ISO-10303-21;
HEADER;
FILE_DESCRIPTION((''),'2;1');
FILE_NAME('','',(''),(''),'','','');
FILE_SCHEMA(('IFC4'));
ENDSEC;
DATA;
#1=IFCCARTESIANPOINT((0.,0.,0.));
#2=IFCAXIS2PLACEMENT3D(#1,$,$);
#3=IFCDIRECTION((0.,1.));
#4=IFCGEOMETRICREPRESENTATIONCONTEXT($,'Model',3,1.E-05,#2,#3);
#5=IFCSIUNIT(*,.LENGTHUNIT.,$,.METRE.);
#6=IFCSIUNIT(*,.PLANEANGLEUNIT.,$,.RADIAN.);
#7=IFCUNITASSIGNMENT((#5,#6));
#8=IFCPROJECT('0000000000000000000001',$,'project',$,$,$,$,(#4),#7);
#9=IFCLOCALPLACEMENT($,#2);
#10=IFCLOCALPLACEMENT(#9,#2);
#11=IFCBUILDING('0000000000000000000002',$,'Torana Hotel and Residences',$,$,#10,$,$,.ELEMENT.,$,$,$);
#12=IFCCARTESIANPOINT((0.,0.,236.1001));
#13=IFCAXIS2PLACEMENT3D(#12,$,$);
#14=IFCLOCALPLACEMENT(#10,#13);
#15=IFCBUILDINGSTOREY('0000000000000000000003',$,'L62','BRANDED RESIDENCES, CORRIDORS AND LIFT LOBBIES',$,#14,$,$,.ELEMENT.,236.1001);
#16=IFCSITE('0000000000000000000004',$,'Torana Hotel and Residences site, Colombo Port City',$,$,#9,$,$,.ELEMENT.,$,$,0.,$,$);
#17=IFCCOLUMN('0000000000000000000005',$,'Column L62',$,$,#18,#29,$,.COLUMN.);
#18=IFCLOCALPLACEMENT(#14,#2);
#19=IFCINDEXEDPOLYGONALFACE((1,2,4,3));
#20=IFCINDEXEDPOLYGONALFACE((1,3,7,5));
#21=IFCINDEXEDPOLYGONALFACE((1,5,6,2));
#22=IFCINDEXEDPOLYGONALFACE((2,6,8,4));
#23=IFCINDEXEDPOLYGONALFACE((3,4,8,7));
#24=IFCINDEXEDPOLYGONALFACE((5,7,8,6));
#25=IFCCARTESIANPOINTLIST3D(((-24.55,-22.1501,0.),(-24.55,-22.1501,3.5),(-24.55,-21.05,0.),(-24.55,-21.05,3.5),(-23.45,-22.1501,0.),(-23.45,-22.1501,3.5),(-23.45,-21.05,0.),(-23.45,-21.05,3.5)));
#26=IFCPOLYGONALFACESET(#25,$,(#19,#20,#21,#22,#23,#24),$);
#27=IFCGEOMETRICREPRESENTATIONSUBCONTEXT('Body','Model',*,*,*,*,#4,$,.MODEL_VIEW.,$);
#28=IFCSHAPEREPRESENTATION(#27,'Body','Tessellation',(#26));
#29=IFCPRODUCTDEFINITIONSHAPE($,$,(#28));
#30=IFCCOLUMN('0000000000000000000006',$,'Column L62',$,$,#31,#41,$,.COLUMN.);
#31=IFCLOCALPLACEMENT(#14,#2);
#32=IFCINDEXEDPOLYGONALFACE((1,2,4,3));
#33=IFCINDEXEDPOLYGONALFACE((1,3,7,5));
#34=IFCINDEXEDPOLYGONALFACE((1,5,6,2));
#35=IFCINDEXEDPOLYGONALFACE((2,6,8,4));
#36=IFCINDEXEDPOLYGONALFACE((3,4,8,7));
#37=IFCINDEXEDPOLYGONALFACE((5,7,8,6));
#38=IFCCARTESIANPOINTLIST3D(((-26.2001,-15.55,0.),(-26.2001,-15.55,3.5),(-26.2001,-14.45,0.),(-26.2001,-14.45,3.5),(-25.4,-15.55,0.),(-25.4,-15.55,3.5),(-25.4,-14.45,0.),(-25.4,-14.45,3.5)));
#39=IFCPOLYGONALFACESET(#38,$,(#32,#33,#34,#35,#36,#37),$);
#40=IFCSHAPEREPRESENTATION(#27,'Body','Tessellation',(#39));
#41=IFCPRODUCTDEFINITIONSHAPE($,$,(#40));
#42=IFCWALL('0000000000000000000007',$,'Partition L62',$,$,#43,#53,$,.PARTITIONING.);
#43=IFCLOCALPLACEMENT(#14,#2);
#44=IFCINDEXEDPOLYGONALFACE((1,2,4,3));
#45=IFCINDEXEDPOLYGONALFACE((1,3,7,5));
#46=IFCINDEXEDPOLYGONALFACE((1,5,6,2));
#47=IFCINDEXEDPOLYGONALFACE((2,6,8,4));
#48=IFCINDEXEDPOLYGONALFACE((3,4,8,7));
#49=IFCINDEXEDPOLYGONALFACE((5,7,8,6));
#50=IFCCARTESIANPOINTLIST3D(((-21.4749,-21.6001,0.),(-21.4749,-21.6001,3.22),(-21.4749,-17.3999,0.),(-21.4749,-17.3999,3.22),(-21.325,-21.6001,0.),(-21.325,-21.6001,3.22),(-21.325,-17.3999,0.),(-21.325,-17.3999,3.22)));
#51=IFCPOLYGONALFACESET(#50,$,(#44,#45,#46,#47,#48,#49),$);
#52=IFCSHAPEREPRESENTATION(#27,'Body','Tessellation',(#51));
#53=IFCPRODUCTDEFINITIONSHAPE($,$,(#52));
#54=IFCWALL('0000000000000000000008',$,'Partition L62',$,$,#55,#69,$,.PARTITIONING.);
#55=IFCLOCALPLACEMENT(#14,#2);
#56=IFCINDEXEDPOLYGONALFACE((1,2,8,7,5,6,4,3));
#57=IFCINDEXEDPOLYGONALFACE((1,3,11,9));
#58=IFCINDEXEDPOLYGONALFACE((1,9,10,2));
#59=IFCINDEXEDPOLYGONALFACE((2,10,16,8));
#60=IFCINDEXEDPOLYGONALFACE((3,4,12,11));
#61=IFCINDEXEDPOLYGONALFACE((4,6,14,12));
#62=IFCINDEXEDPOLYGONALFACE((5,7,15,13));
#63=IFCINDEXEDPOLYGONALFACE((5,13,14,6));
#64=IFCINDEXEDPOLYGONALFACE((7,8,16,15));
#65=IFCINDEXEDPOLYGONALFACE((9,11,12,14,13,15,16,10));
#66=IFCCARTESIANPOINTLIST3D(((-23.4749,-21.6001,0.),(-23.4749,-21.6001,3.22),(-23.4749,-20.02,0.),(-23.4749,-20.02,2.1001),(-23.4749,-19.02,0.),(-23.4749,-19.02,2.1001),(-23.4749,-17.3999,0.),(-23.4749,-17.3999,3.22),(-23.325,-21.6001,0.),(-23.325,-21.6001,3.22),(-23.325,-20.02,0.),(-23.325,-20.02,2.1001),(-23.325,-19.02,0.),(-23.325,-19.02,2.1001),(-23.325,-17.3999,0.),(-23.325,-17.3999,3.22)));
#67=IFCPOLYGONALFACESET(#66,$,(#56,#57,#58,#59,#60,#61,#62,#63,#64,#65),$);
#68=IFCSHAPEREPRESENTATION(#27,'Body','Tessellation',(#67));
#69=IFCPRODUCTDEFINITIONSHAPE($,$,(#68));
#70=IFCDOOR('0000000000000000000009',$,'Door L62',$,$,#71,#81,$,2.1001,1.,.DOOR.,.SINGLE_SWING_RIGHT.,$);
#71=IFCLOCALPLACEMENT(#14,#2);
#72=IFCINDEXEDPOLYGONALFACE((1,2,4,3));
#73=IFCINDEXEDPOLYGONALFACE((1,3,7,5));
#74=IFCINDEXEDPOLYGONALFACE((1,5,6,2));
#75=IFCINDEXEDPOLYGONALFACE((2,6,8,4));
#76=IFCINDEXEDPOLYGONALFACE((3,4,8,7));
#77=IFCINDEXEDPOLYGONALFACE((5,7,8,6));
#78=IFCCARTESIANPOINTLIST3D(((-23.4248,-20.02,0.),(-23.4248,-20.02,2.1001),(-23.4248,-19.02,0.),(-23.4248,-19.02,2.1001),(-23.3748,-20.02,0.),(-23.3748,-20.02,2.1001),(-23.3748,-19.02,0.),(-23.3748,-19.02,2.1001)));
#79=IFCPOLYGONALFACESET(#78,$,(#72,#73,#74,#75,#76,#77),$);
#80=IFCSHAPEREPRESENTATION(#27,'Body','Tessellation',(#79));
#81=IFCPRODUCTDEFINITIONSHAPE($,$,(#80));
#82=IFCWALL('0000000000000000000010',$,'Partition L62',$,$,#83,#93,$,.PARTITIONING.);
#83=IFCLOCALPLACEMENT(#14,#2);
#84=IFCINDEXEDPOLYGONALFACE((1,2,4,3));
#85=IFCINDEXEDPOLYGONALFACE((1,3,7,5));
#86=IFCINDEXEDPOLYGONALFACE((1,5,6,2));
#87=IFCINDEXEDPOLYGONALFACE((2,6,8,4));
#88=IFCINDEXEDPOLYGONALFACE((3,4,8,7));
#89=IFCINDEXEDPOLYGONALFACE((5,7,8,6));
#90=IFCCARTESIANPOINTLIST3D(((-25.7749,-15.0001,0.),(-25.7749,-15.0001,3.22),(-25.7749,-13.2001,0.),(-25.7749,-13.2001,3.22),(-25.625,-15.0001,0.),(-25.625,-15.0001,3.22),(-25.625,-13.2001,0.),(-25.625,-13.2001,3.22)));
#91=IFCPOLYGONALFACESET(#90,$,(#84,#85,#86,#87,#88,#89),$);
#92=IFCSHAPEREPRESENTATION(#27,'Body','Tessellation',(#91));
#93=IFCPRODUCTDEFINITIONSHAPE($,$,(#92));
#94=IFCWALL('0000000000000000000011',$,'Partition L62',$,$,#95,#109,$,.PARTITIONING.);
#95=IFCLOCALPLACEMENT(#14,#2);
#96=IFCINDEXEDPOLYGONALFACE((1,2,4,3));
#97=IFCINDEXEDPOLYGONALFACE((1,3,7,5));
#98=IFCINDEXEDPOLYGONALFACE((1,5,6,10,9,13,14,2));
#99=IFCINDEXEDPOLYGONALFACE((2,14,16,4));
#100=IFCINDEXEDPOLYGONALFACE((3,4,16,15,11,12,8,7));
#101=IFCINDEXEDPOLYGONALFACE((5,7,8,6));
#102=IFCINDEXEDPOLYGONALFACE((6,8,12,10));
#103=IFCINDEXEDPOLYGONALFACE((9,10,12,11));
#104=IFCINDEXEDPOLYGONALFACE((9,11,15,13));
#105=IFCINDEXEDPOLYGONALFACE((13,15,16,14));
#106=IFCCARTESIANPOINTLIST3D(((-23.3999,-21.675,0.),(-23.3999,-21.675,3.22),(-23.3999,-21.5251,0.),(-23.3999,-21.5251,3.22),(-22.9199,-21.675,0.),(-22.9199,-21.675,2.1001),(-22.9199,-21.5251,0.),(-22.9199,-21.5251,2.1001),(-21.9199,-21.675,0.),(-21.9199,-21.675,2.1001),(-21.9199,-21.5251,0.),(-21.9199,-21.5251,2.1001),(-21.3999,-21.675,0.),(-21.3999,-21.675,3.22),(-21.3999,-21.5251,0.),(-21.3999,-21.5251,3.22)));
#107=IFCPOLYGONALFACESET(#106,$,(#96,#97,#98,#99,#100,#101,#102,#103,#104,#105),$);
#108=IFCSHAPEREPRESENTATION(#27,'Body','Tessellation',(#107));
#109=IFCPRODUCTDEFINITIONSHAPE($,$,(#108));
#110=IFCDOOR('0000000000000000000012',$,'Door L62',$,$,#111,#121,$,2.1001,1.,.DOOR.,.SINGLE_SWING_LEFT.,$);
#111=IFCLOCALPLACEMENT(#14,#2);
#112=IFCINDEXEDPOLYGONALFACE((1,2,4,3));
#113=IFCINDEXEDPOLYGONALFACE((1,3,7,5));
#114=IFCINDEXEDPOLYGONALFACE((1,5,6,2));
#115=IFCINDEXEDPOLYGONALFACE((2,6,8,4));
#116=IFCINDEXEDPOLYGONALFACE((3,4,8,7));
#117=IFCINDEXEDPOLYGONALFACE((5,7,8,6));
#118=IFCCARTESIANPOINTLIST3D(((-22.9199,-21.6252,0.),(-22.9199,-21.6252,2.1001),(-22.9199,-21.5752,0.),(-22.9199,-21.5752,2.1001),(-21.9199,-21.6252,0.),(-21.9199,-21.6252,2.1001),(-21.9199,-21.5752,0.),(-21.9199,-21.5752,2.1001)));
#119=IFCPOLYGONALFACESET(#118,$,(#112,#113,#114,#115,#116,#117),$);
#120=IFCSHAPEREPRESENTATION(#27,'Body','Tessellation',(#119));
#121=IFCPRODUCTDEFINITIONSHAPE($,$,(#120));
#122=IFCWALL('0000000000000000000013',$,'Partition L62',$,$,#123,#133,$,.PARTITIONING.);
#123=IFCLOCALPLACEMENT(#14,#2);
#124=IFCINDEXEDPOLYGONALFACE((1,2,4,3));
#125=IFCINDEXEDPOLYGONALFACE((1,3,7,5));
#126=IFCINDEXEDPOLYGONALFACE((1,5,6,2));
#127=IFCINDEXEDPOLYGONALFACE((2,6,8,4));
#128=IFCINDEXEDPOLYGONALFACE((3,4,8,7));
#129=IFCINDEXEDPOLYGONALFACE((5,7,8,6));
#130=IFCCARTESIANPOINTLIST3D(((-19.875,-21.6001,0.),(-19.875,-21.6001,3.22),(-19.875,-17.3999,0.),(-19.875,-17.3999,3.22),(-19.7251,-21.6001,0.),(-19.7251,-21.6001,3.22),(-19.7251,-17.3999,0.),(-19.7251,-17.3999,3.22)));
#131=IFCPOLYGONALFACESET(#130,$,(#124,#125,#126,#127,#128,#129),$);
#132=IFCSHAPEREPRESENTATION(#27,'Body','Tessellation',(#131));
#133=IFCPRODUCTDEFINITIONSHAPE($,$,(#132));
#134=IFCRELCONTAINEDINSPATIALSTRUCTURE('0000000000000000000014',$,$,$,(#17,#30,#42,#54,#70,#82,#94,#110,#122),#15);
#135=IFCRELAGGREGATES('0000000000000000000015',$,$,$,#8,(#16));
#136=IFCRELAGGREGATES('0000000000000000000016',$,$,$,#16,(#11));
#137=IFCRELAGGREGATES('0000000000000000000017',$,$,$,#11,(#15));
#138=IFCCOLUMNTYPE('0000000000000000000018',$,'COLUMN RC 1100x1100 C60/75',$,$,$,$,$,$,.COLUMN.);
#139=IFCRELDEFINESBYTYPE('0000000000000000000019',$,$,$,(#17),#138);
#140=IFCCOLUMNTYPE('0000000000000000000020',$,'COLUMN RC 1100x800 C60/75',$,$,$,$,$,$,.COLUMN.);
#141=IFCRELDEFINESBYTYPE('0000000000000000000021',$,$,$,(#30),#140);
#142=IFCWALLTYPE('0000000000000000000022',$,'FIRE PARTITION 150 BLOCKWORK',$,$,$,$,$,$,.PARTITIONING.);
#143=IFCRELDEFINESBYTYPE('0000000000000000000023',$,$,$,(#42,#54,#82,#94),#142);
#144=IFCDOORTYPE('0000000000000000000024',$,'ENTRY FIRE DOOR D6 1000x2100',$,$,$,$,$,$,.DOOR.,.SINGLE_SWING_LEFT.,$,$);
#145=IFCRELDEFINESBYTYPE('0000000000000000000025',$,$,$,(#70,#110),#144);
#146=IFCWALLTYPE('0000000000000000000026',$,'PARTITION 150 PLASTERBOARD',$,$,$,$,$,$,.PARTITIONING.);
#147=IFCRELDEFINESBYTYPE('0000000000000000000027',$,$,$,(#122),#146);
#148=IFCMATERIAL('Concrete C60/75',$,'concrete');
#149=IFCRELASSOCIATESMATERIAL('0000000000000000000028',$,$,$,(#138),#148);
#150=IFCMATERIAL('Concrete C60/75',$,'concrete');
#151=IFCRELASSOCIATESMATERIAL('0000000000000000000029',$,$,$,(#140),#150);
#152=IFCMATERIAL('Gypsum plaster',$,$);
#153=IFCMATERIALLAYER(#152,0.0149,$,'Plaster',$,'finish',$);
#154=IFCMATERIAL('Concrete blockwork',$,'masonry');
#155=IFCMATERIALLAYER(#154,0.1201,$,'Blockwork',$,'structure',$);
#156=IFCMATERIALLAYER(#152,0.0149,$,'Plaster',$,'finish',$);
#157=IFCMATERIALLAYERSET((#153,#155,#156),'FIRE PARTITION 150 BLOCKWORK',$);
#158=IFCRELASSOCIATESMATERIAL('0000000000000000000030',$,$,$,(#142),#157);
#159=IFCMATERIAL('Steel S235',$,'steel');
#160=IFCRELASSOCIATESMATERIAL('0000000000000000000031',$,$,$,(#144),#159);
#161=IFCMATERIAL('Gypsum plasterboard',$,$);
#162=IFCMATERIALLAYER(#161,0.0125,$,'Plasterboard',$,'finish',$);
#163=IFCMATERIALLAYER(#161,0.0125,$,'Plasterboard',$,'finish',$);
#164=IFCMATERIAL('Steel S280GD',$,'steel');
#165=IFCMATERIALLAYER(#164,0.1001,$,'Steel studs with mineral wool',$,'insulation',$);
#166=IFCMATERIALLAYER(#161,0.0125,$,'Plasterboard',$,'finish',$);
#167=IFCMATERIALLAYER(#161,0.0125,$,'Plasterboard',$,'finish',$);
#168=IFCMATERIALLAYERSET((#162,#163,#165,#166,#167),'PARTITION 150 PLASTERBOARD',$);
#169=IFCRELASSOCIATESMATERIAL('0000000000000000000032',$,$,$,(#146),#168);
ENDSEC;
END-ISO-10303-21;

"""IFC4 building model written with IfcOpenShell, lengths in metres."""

from ifc_helpers import new_model, si_unit, direction, frame, frame_2d, origin, origin_2d, place, context, subcontext, project, spatial, rectangle, extrude, material, layer, layer_set, material_profile, profile_set, type_object, element, fill, save


model = new_model("IFC4")

# Units and contexts
model_context = context("Model", 3, precision=1e-05, world=origin(), true_north=direction((0.0, 1.0)))
body_context = subcontext(model_context, "Body", "Model", "MODEL_VIEW")
ifc_project = project(units=[si_unit("LENGTHUNIT", "METRE"), si_unit("PLANEANGLEUNIT", "RADIAN")], contexts=[model_context])

# Site, building, storey
site_placement = place(None, origin())
site = spatial("IfcSite", under=ifc_project, at=site_placement, Name="Torana Hotel and Residences site, Colombo Port City", CompositionType="ELEMENT", RefElevation=0.0)
building_placement = place(site_placement, origin())
building = spatial("IfcBuilding", under=site, at=building_placement, Name="Torana Hotel and Residences", CompositionType="ELEMENT")
storey_placement = place(building_placement, frame((0.0, 0.0, 236.1001)))
storey = spatial("IfcBuildingStorey", under=building, at=storey_placement, Name="L62", Description="BRANDED RESIDENCES, CORRIDORS AND LIFT LOBBIES", CompositionType="ELEMENT", Elevation=236.1001)

# Columns
ifc_material_1 = material(Name="Concrete C60/75", Category="concrete")
ifc_material_profile_1 = material_profile(ifc_material_1, rectangle(XDim=1.1001, YDim=1.1001, at=origin_2d()), Name="RC 1100x1100")
ifc_profile_set_1 = profile_set([ifc_material_profile_1], Name="Concrete C60/75")
column_type_1 = type_object("IfcColumnType", Name="COLUMN RC 1100x1100 C60/75", PredefinedType="COLUMN", material=ifc_profile_set_1)
column_1_placement = place(storey_placement, frame((-24.0, -21.6001, 0.0), z_axis=(0.0, 0.0, 1.0), x_axis=(1.0, 0.0, 0.0)))
element("IfcColumn", 1, at=column_1_placement, inside=storey, type_object=column_type_1, Name="Column L62", PredefinedType="COLUMN", context=body_context, shape_type="SweptSolid", body=[
    extrude(rectangle(XDim=1.1001, YDim=1.1001, at=origin_2d()), origin(), (0.0, 0.0, 1.0), 3.5),
])
ifc_material_2 = material(Name="Concrete C60/75", Category="concrete")
ifc_material_profile_2 = material_profile(ifc_material_2, rectangle(XDim=1.1001, YDim=0.8, at=origin_2d()), Name="RC 1100x800")
ifc_profile_set_2 = profile_set([ifc_material_profile_2], Name="Concrete C60/75")
column_type_2 = type_object("IfcColumnType", Name="COLUMN RC 1100x800 C60/75", PredefinedType="COLUMN", material=ifc_profile_set_2)
column_2_placement = place(storey_placement, frame((-25.8, -15.0, 0.0), z_axis=(0.0, 0.0, 1.0), x_axis=(0.0, 1.0, 0.0)))
element("IfcColumn", 2, at=column_2_placement, inside=storey, type_object=column_type_2, Name="Column L62", PredefinedType="COLUMN", context=body_context, shape_type="SweptSolid", body=[
    extrude(rectangle(XDim=1.1001, YDim=0.8, at=origin_2d()), origin(), (0.0, 0.0, 1.0), 3.5),
])

# Wall
ifc_material_3 = material(Name="Gypsum plaster")
ifc_layer_1 = layer(ifc_material_3, 0.0149, Name="Plaster", Category="finish")
ifc_material_4 = material(Name="Concrete blockwork", Category="masonry")
ifc_layer_2 = layer(ifc_material_4, 0.1201, Name="Blockwork", Category="structure")
ifc_layer_3 = layer(ifc_material_3, 0.0149, Name="Plaster", Category="finish")
ifc_layer_set_1 = layer_set([ifc_layer_1, ifc_layer_2, ifc_layer_3], Name="FIRE PARTITION 150 BLOCKWORK")
wall_type_1 = type_object("IfcWallType", Name="FIRE PARTITION 150 BLOCKWORK", PredefinedType="PARTITIONING", material=ifc_layer_set_1)
wall_1_placement = place(storey_placement, frame((-21.3999, -21.6001, 0.0), z_axis=(0.0, 0.0, 1.0), x_axis=(0.0, 1.0, 0.0)))
element("IfcWall", 3, at=wall_1_placement, inside=storey, type_object=wall_type_1, Name="Partition L62", PredefinedType="PARTITIONING", context=body_context, shape_type="SweptSolid", body=[
    extrude(rectangle(XDim=4.2002, YDim=0.1499, at=frame_2d((2.1001, 0.0))), origin(), (0.0, 0.0, 1.0), 3.22),
])

# Wall, opening, door
wall_2_placement = place(storey_placement, frame((-23.3999, -21.6001, 0.0), z_axis=(0.0, 0.0, 1.0), x_axis=(0.0, 1.0, 0.0)))
wall_2 = element("IfcWall", 4, at=wall_2_placement, inside=storey, type_object=wall_type_1, Name="Partition L62", PredefinedType="PARTITIONING", context=body_context, shape_type="SweptSolid", body=[
    extrude(rectangle(XDim=4.2002, YDim=0.1499, at=frame_2d((2.1001, 0.0))), origin(), (0.0, 0.0, 1.0), 3.22),
])
opening_1_placement = place(wall_2_placement, frame((1.5801, 0.0, 0.0)))
opening_1 = element("IfcOpeningElement", 5, at=opening_1_placement, cuts=wall_2, PredefinedType="OPENING", context=body_context, shape_type="SweptSolid", body=[
    extrude(rectangle(XDim=1.0, YDim=2.1001, at=frame_2d((0.5, 1.05))), frame((0.0, 0.085, 0.0), z_axis=(0.0, -1.0, 0.0), x_axis=(1.0, 0.0, 0.0)), (0.0, 0.0, 1.0), 0.1699),
])
ifc_material_5 = material(Name="Steel S235", Category="steel")
door_type_1 = type_object("IfcDoorType", Name="ENTRY FIRE DOOR D6 1000x2100", OperationType="SINGLE_SWING_LEFT", PredefinedType="DOOR", material=ifc_material_5)
door_1_placement = place(opening_1_placement, origin())
door_1 = element("IfcDoor", 6, at=door_1_placement, inside=storey, type_object=door_type_1, Name="Door L62", OperationType="SINGLE_SWING_RIGHT", OverallHeight=2.1001, OverallWidth=1.0, PredefinedType="DOOR", context=body_context, shape_type="SweptSolid", body=[
    extrude(rectangle(XDim=1.0, YDim=2.1001, at=frame_2d((0.5, 1.05))), frame((0.0, 0.0249, 0.0), z_axis=(0.0, -1.0, 0.0), x_axis=(1.0, 0.0, 0.0)), (0.0, 0.0, 1.0), 0.05),
])
fill(opening_1, door_1)

# Wall
wall_3_placement = place(storey_placement, frame((-25.7, -15.0, 0.0), z_axis=(0.0, 0.0, 1.0), x_axis=(0.0, 1.0, 0.0)))
element("IfcWall", 7, at=wall_3_placement, inside=storey, type_object=wall_type_1, Name="Partition L62", PredefinedType="PARTITIONING", context=body_context, shape_type="SweptSolid", body=[
    extrude(rectangle(XDim=1.8, YDim=0.1499, at=frame_2d((0.8999, 0.0))), origin(), (0.0, 0.0, 1.0), 3.22),
])

# Wall, opening, door
wall_4_placement = place(storey_placement, frame((-23.3999, -21.6001, 0.0), z_axis=(0.0, 0.0, 1.0), x_axis=(1.0, 0.0, 0.0)))
wall_4 = element("IfcWall", 8, at=wall_4_placement, inside=storey, type_object=wall_type_1, Name="Partition L62", PredefinedType="PARTITIONING", context=body_context, shape_type="SweptSolid", body=[
    extrude(rectangle(XDim=2.0, YDim=0.1499, at=frame_2d((1.0, 0.0))), origin(), (0.0, 0.0, 1.0), 3.22),
])
opening_2_placement = place(wall_4_placement, frame((0.48, 0.0, 0.0)))
opening_2 = element("IfcOpeningElement", 9, at=opening_2_placement, cuts=wall_4, PredefinedType="OPENING", context=body_context, shape_type="SweptSolid", body=[
    extrude(rectangle(XDim=1.0, YDim=2.1001, at=frame_2d((0.5, 1.05))), frame((0.0, 0.085, 0.0), z_axis=(0.0, -1.0, 0.0), x_axis=(1.0, 0.0, 0.0)), (0.0, 0.0, 1.0), 0.1699),
])
door_2_placement = place(opening_2_placement, frame((0.5, 0.0, 0.0), z_axis=(0.0, 0.0, 1.0), x_axis=(-1.0, 0.0, 0.0)))
door_2 = element("IfcDoor", 10, at=door_2_placement, inside=storey, type_object=door_type_1, Name="Door L62", OperationType="SINGLE_SWING_LEFT", OverallHeight=2.1001, OverallWidth=1.0, PredefinedType="DOOR", context=body_context, shape_type="SweptSolid", body=[
    extrude(rectangle(XDim=1.0, YDim=2.1001, at=frame_2d((0.0, 1.05))), frame((0.0, -0.0249, 0.0), z_axis=(0.0, 1.0, 0.0), x_axis=(-1.0, 0.0, 0.0)), (0.0, 0.0, 1.0), 0.05),
])
fill(opening_2, door_2)

# Wall
ifc_material_6 = material(Name="Gypsum plasterboard")
ifc_layer_4 = layer(ifc_material_6, 0.0125, Name="Plasterboard", Category="finish")
ifc_layer_5 = layer(ifc_material_6, 0.0125, Name="Plasterboard", Category="finish")
ifc_material_7 = material(Name="Steel S280GD", Category="steel")
ifc_layer_6 = layer(ifc_material_7, 0.1001, Name="Steel studs with mineral wool", Category="insulation")
ifc_layer_7 = layer(ifc_material_6, 0.0125, Name="Plasterboard", Category="finish")
ifc_layer_8 = layer(ifc_material_6, 0.0125, Name="Plasterboard", Category="finish")
ifc_layer_set_2 = layer_set([ifc_layer_4, ifc_layer_5, ifc_layer_6, ifc_layer_7, ifc_layer_8], Name="PARTITION 150 PLASTERBOARD")
wall_type_2 = type_object("IfcWallType", Name="PARTITION 150 PLASTERBOARD", PredefinedType="PARTITIONING", material=ifc_layer_set_2)
wall_5_placement = place(storey_placement, frame((-19.8, -21.6001, 0.0), z_axis=(0.0, 0.0, 1.0), x_axis=(0.0, 1.0, 0.0)))
element("IfcWall", 11, at=wall_5_placement, inside=storey, type_object=wall_type_2, Name="Partition L62", PredefinedType="PARTITIONING", context=body_context, shape_type="SweptSolid", body=[
    extrude(rectangle(XDim=4.2002, YDim=0.1499, at=frame_2d((2.1001, 0.0))), origin(), (0.0, 0.0, 1.0), 3.22),
])

save(model, "model.ifc")
